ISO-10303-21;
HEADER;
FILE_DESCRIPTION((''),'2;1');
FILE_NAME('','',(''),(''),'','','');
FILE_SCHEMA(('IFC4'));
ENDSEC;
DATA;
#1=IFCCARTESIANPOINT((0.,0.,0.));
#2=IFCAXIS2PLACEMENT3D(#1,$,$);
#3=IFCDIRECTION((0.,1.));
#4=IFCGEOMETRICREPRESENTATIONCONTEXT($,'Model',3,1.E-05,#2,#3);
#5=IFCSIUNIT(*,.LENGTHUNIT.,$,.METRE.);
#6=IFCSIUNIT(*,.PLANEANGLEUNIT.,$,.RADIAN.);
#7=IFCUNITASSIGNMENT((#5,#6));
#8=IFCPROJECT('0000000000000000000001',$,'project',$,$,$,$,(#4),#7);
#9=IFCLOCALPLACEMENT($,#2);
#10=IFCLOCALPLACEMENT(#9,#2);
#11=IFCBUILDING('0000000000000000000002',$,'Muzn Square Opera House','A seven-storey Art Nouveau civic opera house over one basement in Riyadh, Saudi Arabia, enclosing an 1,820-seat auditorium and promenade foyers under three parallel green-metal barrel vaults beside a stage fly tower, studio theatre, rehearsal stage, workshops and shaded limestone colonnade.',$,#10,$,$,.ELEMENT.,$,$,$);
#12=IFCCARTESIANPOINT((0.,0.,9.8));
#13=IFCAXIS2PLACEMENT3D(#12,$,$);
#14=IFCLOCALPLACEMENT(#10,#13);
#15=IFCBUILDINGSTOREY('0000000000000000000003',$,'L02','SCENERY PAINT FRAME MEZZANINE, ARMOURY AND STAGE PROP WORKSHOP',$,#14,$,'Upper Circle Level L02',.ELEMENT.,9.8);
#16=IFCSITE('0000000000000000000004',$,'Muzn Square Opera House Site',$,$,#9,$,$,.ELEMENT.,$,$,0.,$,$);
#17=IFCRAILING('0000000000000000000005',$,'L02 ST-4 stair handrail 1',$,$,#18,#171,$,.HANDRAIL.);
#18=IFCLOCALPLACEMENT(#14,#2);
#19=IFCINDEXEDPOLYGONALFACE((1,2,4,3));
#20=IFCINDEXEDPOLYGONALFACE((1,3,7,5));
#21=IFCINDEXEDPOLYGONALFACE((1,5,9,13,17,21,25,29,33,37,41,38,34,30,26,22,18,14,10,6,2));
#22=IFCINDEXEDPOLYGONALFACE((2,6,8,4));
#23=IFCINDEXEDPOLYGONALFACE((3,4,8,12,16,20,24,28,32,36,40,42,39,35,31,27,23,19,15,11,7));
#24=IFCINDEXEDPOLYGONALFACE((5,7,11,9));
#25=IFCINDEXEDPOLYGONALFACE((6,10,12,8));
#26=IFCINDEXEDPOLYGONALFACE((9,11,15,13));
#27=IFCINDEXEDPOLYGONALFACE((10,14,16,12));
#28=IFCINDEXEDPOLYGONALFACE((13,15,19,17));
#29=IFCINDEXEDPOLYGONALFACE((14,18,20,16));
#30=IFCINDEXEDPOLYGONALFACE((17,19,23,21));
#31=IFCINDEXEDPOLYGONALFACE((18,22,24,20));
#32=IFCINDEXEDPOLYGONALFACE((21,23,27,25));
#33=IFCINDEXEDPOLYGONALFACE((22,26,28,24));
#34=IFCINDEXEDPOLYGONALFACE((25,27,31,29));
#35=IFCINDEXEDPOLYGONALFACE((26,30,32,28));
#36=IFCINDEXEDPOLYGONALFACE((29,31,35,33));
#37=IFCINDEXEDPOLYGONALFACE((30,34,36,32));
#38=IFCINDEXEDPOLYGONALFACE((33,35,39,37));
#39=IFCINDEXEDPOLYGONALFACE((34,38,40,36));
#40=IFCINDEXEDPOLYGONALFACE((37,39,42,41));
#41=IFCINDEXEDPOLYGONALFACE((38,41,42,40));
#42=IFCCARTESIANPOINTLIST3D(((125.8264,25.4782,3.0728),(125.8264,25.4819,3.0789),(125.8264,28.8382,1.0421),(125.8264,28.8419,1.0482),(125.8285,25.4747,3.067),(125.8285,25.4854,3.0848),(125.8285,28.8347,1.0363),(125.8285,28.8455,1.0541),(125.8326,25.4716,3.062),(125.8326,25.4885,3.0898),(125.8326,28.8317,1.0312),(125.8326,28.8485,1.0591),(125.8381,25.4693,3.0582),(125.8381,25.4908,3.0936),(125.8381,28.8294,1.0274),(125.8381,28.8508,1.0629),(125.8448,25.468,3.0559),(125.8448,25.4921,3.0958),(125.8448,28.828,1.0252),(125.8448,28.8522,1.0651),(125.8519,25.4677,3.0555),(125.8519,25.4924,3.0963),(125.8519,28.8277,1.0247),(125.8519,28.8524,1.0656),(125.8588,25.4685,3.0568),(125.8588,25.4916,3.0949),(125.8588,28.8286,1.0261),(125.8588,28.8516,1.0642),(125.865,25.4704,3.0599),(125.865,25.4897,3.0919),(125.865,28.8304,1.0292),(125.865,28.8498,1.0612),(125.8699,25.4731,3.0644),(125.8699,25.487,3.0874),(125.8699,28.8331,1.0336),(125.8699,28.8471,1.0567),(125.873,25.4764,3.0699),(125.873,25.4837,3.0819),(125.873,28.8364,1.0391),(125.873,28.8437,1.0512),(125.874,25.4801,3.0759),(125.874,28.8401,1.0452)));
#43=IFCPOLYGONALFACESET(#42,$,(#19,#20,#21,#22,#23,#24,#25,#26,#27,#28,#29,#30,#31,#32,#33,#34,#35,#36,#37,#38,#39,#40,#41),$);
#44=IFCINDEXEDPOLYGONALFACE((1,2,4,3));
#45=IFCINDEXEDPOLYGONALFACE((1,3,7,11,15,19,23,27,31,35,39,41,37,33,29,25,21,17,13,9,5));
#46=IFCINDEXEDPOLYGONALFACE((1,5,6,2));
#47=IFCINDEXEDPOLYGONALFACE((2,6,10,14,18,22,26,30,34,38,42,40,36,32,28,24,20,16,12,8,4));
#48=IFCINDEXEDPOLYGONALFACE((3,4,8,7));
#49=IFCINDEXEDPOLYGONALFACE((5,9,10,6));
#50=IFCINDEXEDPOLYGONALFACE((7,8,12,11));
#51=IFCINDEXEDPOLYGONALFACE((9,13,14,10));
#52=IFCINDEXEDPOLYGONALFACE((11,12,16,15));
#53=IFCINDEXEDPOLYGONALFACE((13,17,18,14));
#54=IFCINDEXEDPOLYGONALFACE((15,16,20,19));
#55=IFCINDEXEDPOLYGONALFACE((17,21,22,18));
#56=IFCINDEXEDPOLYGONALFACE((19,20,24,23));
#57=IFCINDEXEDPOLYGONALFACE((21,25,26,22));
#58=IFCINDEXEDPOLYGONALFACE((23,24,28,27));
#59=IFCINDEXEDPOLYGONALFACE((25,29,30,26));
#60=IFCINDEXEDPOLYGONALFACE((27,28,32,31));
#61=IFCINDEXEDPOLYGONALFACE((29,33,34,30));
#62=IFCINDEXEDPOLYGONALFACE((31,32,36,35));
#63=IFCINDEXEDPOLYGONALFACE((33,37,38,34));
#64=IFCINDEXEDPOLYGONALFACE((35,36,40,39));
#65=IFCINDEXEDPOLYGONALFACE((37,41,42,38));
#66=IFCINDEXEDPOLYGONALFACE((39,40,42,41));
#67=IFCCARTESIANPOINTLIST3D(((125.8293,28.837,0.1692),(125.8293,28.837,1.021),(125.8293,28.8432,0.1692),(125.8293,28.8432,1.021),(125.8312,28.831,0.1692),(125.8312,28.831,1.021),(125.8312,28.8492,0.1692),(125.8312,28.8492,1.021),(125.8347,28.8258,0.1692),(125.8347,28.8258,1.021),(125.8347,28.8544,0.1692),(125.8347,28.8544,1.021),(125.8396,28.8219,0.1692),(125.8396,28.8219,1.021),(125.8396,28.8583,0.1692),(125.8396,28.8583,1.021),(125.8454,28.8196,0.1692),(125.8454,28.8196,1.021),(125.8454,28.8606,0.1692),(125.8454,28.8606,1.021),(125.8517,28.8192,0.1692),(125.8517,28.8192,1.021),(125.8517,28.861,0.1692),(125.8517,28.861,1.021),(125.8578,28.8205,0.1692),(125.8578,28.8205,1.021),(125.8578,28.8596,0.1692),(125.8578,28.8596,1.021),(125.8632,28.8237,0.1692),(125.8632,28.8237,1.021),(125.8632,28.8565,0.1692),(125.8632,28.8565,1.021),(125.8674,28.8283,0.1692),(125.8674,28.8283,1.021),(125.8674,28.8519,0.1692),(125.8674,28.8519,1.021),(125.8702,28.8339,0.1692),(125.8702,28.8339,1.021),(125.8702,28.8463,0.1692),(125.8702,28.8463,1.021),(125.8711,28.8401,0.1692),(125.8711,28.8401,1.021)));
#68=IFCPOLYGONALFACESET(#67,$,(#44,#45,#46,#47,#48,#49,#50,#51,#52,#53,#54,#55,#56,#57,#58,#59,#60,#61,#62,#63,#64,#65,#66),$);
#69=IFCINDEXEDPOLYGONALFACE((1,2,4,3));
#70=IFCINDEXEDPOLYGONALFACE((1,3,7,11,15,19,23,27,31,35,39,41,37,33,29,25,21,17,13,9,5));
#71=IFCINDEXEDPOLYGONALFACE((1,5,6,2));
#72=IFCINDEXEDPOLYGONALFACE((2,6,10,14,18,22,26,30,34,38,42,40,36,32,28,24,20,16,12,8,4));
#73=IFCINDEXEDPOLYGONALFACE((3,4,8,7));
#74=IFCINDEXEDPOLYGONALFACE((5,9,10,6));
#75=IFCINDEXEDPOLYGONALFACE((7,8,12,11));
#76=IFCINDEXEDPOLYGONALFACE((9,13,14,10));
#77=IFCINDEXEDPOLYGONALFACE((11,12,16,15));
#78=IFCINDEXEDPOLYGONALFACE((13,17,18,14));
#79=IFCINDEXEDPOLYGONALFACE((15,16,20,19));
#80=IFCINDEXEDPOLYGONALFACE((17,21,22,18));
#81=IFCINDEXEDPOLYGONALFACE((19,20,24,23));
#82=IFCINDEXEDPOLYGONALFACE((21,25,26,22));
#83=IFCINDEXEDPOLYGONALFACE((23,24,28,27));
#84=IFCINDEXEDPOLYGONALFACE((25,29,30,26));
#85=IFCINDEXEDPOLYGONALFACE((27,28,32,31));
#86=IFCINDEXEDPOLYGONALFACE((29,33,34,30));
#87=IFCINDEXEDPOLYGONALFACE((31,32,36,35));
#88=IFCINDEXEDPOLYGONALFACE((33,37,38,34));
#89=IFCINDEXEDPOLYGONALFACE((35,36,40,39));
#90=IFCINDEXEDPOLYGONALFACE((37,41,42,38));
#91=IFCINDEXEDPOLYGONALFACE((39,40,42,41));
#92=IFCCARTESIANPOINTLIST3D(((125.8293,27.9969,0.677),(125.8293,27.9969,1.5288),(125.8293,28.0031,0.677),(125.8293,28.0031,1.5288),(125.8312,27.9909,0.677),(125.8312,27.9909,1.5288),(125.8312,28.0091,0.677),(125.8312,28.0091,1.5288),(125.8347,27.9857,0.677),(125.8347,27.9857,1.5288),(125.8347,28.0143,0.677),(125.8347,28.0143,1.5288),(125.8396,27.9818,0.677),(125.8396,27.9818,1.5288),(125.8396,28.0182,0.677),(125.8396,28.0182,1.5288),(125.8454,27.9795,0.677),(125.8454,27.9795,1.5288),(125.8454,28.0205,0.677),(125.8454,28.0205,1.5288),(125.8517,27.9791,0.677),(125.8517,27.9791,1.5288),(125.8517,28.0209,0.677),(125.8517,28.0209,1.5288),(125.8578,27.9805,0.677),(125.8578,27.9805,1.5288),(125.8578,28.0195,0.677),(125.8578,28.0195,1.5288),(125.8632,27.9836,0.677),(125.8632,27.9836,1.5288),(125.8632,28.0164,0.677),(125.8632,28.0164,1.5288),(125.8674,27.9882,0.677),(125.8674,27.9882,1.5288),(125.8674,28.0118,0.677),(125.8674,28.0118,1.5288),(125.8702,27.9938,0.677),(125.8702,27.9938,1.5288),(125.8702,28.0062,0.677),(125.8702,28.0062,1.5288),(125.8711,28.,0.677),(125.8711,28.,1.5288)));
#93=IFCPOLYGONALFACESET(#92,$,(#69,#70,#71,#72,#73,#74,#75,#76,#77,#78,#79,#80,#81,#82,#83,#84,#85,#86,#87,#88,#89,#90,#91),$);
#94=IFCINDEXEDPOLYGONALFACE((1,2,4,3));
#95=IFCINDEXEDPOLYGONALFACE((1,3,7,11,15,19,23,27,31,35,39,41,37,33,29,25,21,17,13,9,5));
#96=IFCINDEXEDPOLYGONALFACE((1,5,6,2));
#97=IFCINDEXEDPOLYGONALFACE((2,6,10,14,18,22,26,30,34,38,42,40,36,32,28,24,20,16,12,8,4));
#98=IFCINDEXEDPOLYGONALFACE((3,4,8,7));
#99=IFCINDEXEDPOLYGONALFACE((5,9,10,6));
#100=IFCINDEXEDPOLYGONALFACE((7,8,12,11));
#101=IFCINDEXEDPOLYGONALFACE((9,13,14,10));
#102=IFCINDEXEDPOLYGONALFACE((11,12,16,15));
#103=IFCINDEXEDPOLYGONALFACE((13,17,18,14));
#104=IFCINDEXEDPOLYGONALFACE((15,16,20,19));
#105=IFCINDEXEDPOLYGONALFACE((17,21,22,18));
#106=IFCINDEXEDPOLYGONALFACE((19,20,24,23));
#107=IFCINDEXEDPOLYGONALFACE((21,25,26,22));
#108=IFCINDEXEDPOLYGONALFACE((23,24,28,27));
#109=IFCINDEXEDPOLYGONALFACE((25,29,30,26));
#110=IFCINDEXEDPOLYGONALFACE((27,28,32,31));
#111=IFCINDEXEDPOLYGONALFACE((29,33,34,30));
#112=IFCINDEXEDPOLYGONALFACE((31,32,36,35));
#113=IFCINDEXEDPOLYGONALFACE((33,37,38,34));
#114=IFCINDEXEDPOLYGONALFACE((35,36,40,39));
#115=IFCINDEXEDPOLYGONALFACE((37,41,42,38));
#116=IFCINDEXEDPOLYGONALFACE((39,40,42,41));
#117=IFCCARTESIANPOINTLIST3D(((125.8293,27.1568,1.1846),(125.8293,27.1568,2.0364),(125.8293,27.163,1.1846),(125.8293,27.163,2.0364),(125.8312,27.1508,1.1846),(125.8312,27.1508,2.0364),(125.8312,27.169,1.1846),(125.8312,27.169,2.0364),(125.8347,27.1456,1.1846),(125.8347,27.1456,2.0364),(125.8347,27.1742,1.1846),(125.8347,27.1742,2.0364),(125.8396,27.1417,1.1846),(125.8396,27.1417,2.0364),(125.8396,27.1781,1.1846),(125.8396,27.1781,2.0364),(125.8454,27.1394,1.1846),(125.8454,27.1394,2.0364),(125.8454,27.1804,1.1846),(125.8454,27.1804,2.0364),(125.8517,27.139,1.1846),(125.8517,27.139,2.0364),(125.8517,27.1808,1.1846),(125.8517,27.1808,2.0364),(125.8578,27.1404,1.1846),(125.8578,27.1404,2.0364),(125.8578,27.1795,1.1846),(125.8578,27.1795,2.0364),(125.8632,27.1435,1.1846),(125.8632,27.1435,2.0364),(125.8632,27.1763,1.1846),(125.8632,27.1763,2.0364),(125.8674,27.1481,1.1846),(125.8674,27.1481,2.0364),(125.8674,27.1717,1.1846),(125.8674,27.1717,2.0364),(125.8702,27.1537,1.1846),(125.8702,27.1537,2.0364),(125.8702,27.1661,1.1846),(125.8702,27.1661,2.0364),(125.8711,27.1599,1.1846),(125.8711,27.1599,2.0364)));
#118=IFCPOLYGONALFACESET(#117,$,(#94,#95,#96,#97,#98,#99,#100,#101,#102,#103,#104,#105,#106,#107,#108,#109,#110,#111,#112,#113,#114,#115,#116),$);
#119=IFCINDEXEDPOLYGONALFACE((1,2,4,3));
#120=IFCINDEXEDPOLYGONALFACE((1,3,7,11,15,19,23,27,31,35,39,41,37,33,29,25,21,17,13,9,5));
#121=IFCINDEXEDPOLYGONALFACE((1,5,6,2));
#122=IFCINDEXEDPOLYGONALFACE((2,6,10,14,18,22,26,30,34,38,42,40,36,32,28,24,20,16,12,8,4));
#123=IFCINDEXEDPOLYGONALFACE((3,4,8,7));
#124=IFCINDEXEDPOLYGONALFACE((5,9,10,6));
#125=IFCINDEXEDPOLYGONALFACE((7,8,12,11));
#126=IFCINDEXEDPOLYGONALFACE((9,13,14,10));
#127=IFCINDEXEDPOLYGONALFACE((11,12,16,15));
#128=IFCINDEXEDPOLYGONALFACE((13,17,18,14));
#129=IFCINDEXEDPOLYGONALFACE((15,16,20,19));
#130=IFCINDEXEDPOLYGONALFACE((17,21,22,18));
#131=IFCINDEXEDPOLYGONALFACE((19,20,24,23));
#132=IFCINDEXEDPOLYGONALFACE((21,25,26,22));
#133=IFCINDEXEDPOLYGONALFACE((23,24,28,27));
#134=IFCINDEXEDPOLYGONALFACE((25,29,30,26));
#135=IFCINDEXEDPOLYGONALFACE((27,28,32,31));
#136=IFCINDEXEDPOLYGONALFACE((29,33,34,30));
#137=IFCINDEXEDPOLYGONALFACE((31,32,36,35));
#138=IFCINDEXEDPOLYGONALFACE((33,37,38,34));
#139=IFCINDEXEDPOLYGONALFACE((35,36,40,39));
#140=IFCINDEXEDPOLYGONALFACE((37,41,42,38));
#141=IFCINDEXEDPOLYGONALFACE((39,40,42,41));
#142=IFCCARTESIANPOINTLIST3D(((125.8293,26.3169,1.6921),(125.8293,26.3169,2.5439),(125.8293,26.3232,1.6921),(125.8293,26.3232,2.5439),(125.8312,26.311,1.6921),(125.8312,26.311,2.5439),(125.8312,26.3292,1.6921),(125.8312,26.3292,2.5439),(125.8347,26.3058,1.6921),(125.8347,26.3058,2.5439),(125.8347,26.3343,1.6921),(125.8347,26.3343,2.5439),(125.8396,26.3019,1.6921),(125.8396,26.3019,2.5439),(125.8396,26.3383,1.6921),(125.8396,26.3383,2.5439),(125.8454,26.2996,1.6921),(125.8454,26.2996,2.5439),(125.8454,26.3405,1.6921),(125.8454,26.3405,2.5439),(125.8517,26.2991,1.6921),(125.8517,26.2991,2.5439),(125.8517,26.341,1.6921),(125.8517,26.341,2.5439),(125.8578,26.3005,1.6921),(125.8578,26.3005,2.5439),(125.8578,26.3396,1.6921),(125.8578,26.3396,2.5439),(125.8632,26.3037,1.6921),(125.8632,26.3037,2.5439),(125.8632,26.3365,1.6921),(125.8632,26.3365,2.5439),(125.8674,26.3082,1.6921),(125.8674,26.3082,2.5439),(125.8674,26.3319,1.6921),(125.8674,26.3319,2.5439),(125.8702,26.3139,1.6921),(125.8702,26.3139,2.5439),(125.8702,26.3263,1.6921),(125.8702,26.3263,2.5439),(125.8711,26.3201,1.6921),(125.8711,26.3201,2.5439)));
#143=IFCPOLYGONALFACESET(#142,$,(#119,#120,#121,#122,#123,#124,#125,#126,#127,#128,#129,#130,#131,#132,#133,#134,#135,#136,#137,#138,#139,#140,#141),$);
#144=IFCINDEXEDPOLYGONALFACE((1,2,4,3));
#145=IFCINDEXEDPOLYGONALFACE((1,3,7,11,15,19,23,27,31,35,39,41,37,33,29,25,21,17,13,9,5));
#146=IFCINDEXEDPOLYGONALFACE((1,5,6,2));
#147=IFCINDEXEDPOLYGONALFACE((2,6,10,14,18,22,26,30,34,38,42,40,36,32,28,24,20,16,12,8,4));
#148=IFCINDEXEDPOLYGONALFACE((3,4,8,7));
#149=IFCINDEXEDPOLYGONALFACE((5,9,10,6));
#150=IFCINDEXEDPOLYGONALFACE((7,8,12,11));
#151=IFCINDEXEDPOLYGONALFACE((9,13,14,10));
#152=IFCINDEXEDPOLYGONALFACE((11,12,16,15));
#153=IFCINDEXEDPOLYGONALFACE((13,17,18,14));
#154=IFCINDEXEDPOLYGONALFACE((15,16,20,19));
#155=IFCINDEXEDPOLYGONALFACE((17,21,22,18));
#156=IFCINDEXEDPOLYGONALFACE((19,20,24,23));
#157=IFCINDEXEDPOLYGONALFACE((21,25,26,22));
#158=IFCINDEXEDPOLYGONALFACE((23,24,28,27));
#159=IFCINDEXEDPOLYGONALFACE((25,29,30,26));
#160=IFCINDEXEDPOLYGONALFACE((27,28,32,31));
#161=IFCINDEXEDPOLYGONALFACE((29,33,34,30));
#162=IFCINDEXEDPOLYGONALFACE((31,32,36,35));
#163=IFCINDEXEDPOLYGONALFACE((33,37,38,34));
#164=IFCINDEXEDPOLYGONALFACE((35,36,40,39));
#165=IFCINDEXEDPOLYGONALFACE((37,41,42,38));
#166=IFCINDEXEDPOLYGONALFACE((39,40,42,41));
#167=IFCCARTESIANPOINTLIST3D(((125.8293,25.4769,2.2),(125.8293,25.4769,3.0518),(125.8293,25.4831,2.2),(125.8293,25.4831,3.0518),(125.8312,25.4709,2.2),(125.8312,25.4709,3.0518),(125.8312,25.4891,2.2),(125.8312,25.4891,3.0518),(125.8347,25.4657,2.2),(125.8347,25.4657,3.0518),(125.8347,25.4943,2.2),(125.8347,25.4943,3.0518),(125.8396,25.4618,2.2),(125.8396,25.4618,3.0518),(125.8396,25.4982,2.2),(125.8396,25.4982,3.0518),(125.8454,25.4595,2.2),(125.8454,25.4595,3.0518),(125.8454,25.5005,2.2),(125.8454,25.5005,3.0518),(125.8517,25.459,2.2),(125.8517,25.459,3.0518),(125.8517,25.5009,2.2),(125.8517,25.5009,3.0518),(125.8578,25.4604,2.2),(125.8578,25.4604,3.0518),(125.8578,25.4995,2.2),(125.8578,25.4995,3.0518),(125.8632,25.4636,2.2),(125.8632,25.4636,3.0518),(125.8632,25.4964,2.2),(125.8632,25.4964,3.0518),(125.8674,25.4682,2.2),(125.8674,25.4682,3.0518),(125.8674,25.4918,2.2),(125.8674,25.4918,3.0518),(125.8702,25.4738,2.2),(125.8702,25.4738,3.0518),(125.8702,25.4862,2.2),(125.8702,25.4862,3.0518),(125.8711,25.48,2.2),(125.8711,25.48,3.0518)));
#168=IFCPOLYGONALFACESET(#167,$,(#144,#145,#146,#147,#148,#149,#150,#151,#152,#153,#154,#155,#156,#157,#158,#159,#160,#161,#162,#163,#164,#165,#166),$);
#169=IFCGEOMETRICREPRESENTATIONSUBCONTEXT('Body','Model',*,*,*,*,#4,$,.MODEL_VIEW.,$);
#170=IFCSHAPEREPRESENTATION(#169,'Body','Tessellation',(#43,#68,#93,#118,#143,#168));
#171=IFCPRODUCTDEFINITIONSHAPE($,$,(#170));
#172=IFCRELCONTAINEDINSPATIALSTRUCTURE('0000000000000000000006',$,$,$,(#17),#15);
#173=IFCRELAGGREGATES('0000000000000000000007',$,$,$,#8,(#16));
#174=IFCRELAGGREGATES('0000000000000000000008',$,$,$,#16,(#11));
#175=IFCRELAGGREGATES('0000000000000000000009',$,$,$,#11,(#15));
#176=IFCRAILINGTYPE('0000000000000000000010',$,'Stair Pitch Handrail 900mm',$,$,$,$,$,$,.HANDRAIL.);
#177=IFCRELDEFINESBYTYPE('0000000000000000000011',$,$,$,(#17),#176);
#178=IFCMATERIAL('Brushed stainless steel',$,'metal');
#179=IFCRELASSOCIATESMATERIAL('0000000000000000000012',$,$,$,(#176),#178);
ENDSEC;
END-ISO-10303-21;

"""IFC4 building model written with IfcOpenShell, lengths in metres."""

from ifc_helpers import new_model, si_unit, direction, frame, origin, origin_2d, place, context, subcontext, project, spatial, circle, extrude, material, type_object, element, save


model = new_model("IFC4")

# Units and contexts
model_context = context("Model", 3, precision=1e-05, world=origin(), true_north=direction((0.0, 1.0)))
body_context = subcontext(model_context, "Body", "Model", "MODEL_VIEW")
ifc_project = project(units=[si_unit("LENGTHUNIT", "METRE"), si_unit("PLANEANGLEUNIT", "RADIAN")], contexts=[model_context])

# Site, building, storey
site_placement = place(None, origin())
site = spatial("IfcSite", under=ifc_project, at=site_placement, Name="Muzn Square Opera House Site", CompositionType="ELEMENT", RefElevation=0.0)
building_placement = place(site_placement, origin())
building = spatial("IfcBuilding", under=site, at=building_placement, Name="Muzn Square Opera House", Description="A seven-storey Art Nouveau civic opera house over one basement in Riyadh, Saudi Arabia, enclosing an 1,820-seat auditorium and promenade foyers under three parallel green-metal barrel vaults beside a stage fly tower, studio theatre, rehearsal stage, workshops and shaded limestone colonnade.", CompositionType="ELEMENT")
storey_placement = place(building_placement, frame((0.0, 0.0, 9.8)))
storey = spatial("IfcBuildingStorey", under=building, at=storey_placement, Name="L02", Description="SCENERY PAINT FRAME MEZZANINE, ARMOURY AND STAGE PROP WORKSHOP", LongName="Upper Circle Level L02", CompositionType="ELEMENT", Elevation=9.8)

# Shared definitions
ifc_material_1 = material(Name="Brushed stainless steel", Category="metal")

# Railing
railing_type_1 = type_object("IfcRailingType", Name="Stair Pitch Handrail 900mm", PredefinedType="HANDRAIL", material=ifc_material_1)
railing_1_placement = place(storey_placement, frame((125.8501, 28.8401, 0.1692)))
element("IfcRailing", 1, at=railing_1_placement, inside=storey, type_object=railing_type_1, Name="L02 ST-4 stair handrail 1", PredefinedType="HANDRAIL", context=body_context, shape_type="SweptSolid", body=[
    extrude(circle(Radius=0.0239, at=origin_2d()), frame((0.0, 0.0, 0.876), z_axis=(0.0, -0.855837, 0.517246), x_axis=(1.0, 0.0, 0.0)), (0.0, 0.0, 1.0), 3.926),
    extrude(circle(Radius=0.021, at=origin_2d()), origin(), (0.0, 0.0, 1.0), 0.8518),
    extrude(circle(Radius=0.021, at=origin_2d()), frame((0.0, -0.8401, 0.5078)), (0.0, 0.0, 1.0), 0.8518),
    extrude(circle(Radius=0.021, at=origin_2d()), frame((0.0, -1.6802, 1.0154)), (0.0, 0.0, 1.0), 0.8518),
    extrude(circle(Radius=0.021, at=origin_2d()), frame((0.0, -2.52, 1.5229)), (0.0, 0.0, 1.0), 0.8518),
    extrude(circle(Radius=0.021, at=origin_2d()), frame((0.0, -3.3601, 2.0308)), (0.0, 0.0, 1.0), 0.8518),
])

save(model, "model.ifc")
